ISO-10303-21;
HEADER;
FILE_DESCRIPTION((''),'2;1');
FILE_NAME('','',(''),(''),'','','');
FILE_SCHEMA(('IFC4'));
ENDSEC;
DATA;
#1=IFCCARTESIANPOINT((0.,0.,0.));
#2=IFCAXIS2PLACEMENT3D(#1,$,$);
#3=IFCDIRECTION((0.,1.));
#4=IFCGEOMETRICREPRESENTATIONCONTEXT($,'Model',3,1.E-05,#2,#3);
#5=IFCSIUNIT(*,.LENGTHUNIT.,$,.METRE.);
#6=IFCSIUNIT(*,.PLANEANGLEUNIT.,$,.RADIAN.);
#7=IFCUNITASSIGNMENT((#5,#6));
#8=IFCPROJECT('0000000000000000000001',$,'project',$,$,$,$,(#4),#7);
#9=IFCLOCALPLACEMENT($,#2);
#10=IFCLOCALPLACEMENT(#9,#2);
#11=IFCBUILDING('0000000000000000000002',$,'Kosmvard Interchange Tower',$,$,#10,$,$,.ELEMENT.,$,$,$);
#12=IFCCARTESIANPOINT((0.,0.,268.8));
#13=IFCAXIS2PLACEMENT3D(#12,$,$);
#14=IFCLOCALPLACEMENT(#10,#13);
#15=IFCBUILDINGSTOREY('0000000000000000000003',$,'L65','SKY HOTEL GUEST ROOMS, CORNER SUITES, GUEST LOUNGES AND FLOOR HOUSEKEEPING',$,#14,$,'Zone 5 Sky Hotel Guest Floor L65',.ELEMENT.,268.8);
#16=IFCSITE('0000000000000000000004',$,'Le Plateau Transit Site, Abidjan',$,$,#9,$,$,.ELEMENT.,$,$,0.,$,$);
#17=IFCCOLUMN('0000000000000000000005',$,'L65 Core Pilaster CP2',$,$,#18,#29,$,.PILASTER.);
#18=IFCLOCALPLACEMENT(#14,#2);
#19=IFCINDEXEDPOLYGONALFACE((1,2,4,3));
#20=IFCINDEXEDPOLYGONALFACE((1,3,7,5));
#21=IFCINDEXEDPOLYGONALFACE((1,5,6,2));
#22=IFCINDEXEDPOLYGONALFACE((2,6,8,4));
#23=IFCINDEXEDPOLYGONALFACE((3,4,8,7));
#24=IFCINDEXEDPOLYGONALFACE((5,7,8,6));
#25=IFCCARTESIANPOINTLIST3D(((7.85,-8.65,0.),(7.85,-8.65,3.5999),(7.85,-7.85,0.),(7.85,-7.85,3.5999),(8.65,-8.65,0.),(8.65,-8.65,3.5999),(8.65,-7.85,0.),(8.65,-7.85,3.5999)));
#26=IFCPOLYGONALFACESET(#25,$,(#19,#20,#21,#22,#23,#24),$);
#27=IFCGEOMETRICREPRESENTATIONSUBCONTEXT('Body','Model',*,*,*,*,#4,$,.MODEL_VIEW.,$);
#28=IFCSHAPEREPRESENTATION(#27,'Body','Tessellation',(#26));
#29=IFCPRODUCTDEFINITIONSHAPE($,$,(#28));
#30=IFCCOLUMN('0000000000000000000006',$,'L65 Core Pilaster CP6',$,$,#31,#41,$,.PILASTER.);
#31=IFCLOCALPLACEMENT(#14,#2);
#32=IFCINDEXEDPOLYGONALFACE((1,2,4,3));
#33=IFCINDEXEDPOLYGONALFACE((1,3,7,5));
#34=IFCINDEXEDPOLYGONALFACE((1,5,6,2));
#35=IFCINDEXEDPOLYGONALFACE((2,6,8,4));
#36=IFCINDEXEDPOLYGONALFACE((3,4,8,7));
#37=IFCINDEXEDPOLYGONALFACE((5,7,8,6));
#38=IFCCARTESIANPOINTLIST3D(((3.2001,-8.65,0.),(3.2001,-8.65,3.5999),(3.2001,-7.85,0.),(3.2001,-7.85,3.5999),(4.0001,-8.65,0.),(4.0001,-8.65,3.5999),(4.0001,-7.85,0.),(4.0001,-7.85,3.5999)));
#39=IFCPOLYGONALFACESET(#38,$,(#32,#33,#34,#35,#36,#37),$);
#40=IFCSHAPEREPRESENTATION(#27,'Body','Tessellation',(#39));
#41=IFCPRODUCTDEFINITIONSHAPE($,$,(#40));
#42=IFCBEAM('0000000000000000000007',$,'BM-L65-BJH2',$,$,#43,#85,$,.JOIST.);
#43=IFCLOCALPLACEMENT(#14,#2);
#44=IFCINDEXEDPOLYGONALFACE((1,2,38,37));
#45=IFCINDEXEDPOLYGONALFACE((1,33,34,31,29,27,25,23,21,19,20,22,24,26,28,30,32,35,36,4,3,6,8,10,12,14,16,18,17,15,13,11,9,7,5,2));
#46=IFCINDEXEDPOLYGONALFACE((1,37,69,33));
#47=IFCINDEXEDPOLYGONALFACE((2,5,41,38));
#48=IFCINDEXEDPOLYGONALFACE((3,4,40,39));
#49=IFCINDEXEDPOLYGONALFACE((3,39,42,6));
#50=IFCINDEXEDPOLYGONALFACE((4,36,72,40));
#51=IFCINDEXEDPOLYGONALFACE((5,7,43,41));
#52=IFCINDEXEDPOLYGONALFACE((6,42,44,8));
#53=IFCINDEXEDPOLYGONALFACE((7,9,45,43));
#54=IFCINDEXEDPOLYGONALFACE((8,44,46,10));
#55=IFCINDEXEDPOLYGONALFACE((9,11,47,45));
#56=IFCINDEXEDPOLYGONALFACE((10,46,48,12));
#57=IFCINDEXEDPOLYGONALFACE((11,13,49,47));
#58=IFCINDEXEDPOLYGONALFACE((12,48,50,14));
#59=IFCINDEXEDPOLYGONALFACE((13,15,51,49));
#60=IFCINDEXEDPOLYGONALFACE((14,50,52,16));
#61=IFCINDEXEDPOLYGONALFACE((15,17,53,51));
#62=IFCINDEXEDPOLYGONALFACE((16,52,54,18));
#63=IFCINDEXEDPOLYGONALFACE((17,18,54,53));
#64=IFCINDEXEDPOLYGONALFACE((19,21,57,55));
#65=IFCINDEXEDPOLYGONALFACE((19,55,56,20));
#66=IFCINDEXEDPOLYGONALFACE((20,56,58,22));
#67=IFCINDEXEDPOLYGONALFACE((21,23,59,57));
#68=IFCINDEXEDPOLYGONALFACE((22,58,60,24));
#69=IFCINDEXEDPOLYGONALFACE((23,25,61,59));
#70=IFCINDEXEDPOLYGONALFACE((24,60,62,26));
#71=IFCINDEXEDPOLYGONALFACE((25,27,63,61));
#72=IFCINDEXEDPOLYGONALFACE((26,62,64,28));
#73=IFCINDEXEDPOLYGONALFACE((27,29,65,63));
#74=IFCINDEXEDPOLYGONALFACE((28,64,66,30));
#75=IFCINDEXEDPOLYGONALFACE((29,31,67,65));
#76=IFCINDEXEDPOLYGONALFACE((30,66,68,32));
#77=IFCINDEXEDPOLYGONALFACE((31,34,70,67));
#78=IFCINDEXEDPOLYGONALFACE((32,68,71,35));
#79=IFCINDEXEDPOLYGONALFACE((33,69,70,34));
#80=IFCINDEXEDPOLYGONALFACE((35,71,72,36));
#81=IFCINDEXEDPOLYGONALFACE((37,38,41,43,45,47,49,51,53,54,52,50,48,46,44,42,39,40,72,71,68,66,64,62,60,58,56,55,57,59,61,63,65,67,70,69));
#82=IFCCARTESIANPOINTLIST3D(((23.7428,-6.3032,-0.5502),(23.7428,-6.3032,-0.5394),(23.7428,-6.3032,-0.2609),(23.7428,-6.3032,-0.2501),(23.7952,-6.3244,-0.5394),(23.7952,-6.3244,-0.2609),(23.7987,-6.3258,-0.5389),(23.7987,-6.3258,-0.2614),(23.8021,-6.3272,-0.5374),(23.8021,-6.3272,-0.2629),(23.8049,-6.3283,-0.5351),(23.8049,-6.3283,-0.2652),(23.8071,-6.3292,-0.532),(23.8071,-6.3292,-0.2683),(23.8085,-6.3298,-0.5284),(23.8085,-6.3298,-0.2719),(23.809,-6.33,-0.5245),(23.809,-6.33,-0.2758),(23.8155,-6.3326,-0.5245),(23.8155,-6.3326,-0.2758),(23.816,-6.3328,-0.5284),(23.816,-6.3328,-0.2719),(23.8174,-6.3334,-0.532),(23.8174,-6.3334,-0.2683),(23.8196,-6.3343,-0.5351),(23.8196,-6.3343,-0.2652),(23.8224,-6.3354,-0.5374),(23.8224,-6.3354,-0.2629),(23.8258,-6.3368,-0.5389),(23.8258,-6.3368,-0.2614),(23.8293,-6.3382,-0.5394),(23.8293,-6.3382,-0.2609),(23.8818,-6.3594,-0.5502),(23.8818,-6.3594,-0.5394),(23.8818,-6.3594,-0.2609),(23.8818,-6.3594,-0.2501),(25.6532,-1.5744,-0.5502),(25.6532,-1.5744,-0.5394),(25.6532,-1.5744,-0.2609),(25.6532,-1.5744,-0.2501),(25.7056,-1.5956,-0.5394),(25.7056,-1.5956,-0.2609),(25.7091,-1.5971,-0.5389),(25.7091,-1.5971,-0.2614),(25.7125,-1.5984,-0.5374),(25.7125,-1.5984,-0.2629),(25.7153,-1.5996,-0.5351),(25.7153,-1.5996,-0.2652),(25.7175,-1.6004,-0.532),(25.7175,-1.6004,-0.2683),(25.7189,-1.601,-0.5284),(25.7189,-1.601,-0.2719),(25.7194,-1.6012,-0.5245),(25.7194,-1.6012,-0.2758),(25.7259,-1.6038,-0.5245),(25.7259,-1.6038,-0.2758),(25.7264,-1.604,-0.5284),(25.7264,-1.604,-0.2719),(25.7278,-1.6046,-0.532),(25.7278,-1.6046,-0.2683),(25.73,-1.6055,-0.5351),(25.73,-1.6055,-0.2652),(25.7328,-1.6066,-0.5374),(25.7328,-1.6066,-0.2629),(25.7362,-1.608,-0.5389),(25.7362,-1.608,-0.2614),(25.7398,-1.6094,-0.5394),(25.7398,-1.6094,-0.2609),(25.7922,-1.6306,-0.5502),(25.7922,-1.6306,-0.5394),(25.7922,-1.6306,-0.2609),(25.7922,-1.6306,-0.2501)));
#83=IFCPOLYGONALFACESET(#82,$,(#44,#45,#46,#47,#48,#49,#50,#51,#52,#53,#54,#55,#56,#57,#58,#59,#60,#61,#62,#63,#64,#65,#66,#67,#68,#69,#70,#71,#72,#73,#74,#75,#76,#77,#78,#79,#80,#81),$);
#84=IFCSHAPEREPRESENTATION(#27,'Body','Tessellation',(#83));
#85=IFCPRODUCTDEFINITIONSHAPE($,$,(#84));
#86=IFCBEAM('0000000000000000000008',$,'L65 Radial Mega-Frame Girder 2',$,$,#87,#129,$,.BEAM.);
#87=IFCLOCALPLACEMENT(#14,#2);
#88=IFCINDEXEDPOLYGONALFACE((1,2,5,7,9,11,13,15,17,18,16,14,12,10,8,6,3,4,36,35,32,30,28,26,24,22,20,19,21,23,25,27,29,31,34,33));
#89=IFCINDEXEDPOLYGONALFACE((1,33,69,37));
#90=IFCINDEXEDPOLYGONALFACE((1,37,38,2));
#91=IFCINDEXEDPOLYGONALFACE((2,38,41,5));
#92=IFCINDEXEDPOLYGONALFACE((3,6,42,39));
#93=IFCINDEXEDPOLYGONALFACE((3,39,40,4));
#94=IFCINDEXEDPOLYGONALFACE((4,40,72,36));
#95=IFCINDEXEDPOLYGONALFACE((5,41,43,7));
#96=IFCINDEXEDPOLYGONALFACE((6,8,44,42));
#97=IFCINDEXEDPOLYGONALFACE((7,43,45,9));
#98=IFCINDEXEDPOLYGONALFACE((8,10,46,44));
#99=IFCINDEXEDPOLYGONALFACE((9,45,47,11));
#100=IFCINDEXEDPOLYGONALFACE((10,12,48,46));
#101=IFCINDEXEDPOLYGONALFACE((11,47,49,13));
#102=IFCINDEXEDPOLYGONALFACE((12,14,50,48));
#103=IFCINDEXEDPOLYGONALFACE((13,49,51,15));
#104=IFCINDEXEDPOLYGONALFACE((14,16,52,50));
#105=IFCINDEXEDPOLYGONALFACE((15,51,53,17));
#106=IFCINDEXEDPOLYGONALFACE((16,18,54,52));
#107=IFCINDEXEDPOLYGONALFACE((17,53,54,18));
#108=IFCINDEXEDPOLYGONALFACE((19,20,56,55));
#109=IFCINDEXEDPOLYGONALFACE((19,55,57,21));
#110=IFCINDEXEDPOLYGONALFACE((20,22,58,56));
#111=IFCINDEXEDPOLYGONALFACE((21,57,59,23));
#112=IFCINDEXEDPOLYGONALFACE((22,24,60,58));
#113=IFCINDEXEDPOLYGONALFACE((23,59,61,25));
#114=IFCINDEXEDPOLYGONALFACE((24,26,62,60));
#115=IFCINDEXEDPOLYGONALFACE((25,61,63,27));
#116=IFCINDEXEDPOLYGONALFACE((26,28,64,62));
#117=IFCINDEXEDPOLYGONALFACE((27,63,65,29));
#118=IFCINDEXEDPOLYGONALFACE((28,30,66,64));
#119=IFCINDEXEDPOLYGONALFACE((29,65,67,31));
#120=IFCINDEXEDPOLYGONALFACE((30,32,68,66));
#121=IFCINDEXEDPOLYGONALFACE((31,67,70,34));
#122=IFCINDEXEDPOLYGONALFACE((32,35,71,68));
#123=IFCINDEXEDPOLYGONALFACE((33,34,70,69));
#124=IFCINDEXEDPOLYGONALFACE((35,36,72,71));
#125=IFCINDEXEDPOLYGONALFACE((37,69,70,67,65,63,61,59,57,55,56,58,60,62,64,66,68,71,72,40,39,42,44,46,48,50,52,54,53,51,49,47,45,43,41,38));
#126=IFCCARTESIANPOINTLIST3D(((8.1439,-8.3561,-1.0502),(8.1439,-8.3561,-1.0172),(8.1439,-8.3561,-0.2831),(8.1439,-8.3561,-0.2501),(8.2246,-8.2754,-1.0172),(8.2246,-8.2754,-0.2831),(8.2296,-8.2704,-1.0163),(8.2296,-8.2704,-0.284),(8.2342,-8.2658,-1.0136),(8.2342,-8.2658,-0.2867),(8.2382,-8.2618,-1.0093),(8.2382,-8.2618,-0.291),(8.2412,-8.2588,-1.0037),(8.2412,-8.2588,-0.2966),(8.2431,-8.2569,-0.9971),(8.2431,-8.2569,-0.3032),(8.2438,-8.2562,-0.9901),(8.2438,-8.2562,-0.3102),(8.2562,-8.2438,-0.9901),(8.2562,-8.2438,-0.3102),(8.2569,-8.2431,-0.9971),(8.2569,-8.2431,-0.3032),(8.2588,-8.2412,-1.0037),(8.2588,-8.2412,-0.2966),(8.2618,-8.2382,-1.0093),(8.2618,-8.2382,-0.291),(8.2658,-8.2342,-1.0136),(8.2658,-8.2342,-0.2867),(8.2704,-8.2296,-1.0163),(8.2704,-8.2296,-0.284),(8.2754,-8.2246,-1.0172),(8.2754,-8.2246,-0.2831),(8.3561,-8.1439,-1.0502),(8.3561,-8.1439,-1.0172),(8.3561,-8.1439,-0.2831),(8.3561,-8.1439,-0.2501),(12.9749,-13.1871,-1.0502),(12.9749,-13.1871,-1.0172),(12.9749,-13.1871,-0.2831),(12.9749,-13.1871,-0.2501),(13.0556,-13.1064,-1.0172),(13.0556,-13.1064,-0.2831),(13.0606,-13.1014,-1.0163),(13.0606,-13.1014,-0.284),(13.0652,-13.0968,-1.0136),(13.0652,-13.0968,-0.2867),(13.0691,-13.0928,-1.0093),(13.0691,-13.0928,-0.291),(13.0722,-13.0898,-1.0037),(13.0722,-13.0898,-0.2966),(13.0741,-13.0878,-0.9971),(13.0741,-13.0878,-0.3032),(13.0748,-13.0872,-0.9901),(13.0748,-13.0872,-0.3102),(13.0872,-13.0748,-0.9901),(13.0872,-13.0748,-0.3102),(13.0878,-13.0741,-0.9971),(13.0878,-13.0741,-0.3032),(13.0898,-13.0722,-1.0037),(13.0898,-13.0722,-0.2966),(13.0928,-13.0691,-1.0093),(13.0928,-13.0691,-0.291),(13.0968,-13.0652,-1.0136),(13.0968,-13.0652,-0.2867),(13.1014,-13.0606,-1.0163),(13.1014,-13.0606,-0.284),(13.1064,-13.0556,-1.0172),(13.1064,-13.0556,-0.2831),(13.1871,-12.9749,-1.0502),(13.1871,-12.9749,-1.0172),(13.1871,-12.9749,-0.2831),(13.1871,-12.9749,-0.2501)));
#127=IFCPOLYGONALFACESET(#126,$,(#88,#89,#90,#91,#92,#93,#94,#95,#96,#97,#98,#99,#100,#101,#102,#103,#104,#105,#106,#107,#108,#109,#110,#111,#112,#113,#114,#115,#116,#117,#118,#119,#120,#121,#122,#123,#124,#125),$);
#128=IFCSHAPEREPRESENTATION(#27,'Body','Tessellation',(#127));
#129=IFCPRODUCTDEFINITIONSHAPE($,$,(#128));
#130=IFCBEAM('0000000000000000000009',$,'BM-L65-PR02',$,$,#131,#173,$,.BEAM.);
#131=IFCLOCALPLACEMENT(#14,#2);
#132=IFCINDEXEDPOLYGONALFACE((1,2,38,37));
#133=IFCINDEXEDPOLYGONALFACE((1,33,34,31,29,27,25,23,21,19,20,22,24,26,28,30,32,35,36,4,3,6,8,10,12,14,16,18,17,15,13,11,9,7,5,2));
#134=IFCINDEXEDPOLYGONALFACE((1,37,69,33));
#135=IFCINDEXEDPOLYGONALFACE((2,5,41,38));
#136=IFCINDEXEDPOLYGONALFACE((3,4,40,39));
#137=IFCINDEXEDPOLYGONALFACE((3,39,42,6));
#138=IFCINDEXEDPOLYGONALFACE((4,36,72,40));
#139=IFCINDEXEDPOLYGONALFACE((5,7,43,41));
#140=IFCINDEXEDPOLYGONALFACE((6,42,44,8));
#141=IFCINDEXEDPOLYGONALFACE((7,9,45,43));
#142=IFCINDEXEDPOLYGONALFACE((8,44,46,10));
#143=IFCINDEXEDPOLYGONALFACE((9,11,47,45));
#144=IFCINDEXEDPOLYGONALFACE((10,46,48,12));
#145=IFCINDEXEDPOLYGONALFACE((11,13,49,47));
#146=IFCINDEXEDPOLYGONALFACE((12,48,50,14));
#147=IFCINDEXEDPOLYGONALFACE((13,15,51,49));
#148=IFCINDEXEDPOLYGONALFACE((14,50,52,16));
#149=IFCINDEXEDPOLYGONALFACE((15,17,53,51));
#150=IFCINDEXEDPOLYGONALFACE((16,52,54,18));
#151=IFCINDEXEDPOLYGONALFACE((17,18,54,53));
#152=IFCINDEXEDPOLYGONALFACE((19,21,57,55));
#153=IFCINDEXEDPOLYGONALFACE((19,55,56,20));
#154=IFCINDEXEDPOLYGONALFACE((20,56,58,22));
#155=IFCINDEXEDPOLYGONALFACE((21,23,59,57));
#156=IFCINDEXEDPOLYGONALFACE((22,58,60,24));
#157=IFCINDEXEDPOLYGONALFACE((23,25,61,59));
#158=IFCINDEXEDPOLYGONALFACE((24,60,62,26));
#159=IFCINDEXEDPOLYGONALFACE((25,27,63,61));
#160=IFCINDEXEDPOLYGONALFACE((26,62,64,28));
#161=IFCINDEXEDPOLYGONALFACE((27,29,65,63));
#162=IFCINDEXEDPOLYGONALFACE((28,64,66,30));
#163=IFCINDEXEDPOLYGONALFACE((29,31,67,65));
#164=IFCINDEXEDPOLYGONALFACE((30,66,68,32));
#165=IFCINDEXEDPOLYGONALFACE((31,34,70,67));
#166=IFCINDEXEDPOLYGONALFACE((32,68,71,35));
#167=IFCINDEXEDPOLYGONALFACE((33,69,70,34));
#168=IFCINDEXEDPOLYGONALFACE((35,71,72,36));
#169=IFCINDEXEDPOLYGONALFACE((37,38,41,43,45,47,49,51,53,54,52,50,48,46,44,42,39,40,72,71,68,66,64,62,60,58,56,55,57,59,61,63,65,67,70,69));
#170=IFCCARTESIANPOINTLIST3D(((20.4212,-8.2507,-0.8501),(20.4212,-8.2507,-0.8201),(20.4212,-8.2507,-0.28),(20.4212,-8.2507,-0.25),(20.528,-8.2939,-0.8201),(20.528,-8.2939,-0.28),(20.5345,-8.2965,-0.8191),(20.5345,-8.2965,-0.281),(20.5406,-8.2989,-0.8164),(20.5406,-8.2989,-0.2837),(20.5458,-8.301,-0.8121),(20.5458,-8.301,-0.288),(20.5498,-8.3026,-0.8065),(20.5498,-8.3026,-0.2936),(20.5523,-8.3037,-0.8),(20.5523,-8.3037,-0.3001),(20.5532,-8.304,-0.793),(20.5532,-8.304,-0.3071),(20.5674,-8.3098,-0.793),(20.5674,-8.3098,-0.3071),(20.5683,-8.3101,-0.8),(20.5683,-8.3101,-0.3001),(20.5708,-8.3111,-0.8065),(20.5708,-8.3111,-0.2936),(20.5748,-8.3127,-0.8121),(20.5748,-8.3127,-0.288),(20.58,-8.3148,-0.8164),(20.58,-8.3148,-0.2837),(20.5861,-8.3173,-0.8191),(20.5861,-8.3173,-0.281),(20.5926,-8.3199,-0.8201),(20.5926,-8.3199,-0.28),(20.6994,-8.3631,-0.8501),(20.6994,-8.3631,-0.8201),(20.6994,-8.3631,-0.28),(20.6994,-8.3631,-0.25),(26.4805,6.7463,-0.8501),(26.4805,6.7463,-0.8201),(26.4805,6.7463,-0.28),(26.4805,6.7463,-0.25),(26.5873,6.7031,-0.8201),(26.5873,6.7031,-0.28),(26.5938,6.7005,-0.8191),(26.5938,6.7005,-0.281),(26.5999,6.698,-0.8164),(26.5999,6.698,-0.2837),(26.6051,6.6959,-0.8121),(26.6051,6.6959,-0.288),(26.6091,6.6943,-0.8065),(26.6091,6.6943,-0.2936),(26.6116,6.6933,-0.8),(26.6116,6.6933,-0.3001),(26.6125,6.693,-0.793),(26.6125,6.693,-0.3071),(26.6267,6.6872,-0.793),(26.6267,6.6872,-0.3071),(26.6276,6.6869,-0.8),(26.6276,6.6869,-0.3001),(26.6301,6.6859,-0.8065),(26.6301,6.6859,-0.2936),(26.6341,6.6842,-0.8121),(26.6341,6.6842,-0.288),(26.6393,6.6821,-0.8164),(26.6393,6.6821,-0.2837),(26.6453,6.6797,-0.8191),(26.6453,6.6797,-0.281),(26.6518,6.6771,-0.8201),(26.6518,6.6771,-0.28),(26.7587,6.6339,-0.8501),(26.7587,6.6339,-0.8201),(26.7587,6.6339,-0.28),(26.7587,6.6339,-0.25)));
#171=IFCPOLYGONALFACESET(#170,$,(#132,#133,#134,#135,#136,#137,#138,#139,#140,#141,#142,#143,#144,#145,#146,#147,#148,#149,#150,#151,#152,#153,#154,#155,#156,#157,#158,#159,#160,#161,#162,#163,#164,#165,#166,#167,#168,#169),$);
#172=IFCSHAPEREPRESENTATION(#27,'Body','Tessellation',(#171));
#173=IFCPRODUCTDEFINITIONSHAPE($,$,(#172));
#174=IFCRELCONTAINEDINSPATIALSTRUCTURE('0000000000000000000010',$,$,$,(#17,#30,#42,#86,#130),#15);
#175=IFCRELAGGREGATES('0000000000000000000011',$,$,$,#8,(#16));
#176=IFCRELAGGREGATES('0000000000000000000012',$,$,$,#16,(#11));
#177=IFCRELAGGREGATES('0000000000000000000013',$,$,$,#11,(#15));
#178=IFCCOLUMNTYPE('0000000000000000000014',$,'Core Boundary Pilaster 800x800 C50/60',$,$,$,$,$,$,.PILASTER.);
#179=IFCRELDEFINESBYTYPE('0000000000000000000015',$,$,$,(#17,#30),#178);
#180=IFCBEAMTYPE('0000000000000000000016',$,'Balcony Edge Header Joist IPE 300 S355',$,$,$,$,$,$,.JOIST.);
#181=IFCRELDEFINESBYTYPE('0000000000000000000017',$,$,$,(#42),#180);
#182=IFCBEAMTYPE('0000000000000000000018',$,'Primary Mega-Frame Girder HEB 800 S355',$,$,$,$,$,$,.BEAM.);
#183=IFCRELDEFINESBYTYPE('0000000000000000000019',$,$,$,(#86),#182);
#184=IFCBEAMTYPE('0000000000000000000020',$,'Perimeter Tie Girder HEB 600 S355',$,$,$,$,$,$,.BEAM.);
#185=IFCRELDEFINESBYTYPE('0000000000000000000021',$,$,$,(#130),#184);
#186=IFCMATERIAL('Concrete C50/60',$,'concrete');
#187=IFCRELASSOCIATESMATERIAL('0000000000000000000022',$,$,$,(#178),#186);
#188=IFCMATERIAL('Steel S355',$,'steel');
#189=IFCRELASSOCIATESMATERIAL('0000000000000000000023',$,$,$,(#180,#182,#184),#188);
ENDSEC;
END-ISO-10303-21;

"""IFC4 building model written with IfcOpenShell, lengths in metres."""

from ifc_helpers import new_model, si_unit, direction, frame, origin, origin_2d, place, context, subcontext, project, spatial, rectangle, i_section, extrude, source, transform, mapped, material, material_profile, profile_set, type_object, element, save


model = new_model("IFC4")

# Units and contexts
model_context = context("Model", 3, precision=1e-05, world=origin(), true_north=direction((0.0, 1.0)))
body_context = subcontext(model_context, "Body", "Model", "MODEL_VIEW")
ifc_project = project(units=[si_unit("LENGTHUNIT", "METRE"), si_unit("PLANEANGLEUNIT", "RADIAN")], contexts=[model_context])

# Site, building, storey
site_placement = place(None, origin())
site = spatial("IfcSite", under=ifc_project, at=site_placement, Name="Le Plateau Transit Site, Abidjan", CompositionType="ELEMENT", RefElevation=0.0)
building_placement = place(site_placement, origin())
building = spatial("IfcBuilding", under=site, at=building_placement, Name="Kosmvard Interchange Tower", CompositionType="ELEMENT")
storey_placement = place(building_placement, frame((0.0, 0.0, 268.8)))
storey = spatial("IfcBuildingStorey", under=building, at=storey_placement, Name="L65", Description="SKY HOTEL GUEST ROOMS, CORNER SUITES, GUEST LOUNGES AND FLOOR HOUSEKEEPING", LongName="Zone 5 Sky Hotel Guest Floor L65", CompositionType="ELEMENT", Elevation=268.8)

# Columns
ifc_material_1 = material(Name="Concrete C50/60", Category="concrete")
ifc_material_profile_1 = material_profile(ifc_material_1, rectangle(XDim=0.8, YDim=0.8, at=origin_2d()), Name="CP 800x800")
ifc_profile_set_1 = profile_set([ifc_material_profile_1], Name="Concrete C50/60")
column_type = type_object("IfcColumnType", Name="Core Boundary Pilaster 800x800 C50/60", PredefinedType="PILASTER", material=ifc_profile_set_1)
shared_shape_1 = source(origin(), body_context, "Body", "SweptSolid", [
    extrude(rectangle(XDim=0.8, YDim=0.8, at=origin_2d()), origin(), (0.0, 0.0, 1.0), 3.5999),
])
for number, where, z_axis, x_axis, name in (
    (1, (8.25, -8.25, 0.0), (0.0, 0.0, 1.0), (1.0, 0.0, 0.0), "L65 Core Pilaster CP2"),
    (2, (3.6001, -8.25, 0.0), (0.0, 0.0, 1.0), (1.0, 0.0, 0.0), "L65 Core Pilaster CP6"),
):
    element("IfcColumn", number, at=place(storey_placement, frame(where, z_axis=z_axis, x_axis=x_axis)), inside=storey, type_object=column_type, Name=name, PredefinedType="PILASTER", context=body_context, shape_type="MappedRepresentation", body=[
        mapped(shared_shape_1, transform((0.0, 0.0, 0.0), scale=1.0)),
    ])

# Beams
ifc_material_2 = material(Name="Steel S355", Category="steel")
ifc_material_profile_2 = material_profile(ifc_material_2, i_section(OverallWidth=0.1499, OverallDepth=0.3, WebThickness=0.0071, FlangeThickness=0.0107, FilletRadius=0.0149, at=origin_2d()), Name="IPE 300")
ifc_profile_set_2 = profile_set([ifc_material_profile_2], Name="Steel S355")
beam_type_1 = type_object("IfcBeamType", Name="Balcony Edge Header Joist IPE 300 S355", PredefinedType="JOIST", material=ifc_profile_set_2)
shared_shape_2 = source(origin(), body_context, "Body", "SweptSolid", [
    extrude(i_section(OverallWidth=0.1499, OverallDepth=0.3, WebThickness=0.0071, FlangeThickness=0.0107, FilletRadius=0.0149, at=origin_2d()), origin(), (0.0, 0.0, 1.0), 5.1001),
])
beam_1_placement = place(storey_placement, frame((23.8123, -6.3313, -0.4001), z_axis=(0.374583, 0.927194, 0.0), x_axis=(-0.927194, 0.374583, 0.0)))
element("IfcBeam", 3, at=beam_1_placement, inside=storey, type_object=beam_type_1, Name="BM-L65-BJH2", PredefinedType="JOIST", context=body_context, shape_type="MappedRepresentation", body=[
    mapped(shared_shape_2, transform((0.0, 0.0, 0.0), scale=1.0)),
])
ifc_material_profile_3 = material_profile(ifc_material_2, i_section(OverallWidth=0.3, OverallDepth=0.8, WebThickness=0.0176, FlangeThickness=0.033, FilletRadius=0.0271, at=origin_2d()), Name="HEB 800")
ifc_profile_set_3 = profile_set([ifc_material_profile_3], Name="Steel S355")
beam_type_2 = type_object("IfcBeamType", Name="Primary Mega-Frame Girder HEB 800 S355", PredefinedType="BEAM", material=ifc_profile_set_3)
shared_shape_3 = source(origin(), body_context, "Body", "SweptSolid", [
    extrude(i_section(OverallWidth=0.3, OverallDepth=0.8, WebThickness=0.0176, FlangeThickness=0.033, FilletRadius=0.0271, at=origin_2d()), origin(), (0.0, 0.0, 1.0), 6.832),
])
beam_2_placement = place(storey_placement, frame((8.25, -8.25, -0.6501), z_axis=(0.707107, -0.707107, 0.0), x_axis=(0.707107, 0.707107, 0.0)))
element("IfcBeam", 4, at=beam_2_placement, inside=storey, type_object=beam_type_2, Name="L65 Radial Mega-Frame Girder 2", PredefinedType="BEAM", context=body_context, shape_type="MappedRepresentation", body=[
    mapped(shared_shape_3, transform((0.0, 0.0, 0.0), scale=1.0)),
])
ifc_material_profile_4 = material_profile(ifc_material_2, i_section(OverallWidth=0.3, OverallDepth=0.6001, WebThickness=0.0154, FlangeThickness=0.03, FilletRadius=0.0271, at=origin_2d()), Name="HEB 600")
ifc_profile_set_4 = profile_set([ifc_material_profile_4], Name="Steel S355")
beam_type_3 = type_object("IfcBeamType", Name="Perimeter Tie Girder HEB 600 S355", PredefinedType="BEAM", material=ifc_profile_set_4)
shared_shape_4 = source(origin(), body_context, "Body", "SweptSolid", [
    extrude(i_section(OverallWidth=0.3, OverallDepth=0.6001, WebThickness=0.0154, FlangeThickness=0.03, FilletRadius=0.0271, at=origin_2d()), origin(), (0.0, 0.0, 1.0), 16.1748),
])
beam_3_placement = place(storey_placement, frame((20.5603, -8.3069, -0.55), z_axis=(0.374613, 0.927181, 0.0), x_axis=(-0.927181, 0.374613, 0.0)))
element("IfcBeam", 5, at=beam_3_placement, inside=storey, type_object=beam_type_3, Name="BM-L65-PR02", PredefinedType="BEAM", context=body_context, shape_type="MappedRepresentation", body=[
    mapped(shared_shape_4, transform((0.0, 0.0, 0.0), scale=1.0)),
])

save(model, "model.ifc")
